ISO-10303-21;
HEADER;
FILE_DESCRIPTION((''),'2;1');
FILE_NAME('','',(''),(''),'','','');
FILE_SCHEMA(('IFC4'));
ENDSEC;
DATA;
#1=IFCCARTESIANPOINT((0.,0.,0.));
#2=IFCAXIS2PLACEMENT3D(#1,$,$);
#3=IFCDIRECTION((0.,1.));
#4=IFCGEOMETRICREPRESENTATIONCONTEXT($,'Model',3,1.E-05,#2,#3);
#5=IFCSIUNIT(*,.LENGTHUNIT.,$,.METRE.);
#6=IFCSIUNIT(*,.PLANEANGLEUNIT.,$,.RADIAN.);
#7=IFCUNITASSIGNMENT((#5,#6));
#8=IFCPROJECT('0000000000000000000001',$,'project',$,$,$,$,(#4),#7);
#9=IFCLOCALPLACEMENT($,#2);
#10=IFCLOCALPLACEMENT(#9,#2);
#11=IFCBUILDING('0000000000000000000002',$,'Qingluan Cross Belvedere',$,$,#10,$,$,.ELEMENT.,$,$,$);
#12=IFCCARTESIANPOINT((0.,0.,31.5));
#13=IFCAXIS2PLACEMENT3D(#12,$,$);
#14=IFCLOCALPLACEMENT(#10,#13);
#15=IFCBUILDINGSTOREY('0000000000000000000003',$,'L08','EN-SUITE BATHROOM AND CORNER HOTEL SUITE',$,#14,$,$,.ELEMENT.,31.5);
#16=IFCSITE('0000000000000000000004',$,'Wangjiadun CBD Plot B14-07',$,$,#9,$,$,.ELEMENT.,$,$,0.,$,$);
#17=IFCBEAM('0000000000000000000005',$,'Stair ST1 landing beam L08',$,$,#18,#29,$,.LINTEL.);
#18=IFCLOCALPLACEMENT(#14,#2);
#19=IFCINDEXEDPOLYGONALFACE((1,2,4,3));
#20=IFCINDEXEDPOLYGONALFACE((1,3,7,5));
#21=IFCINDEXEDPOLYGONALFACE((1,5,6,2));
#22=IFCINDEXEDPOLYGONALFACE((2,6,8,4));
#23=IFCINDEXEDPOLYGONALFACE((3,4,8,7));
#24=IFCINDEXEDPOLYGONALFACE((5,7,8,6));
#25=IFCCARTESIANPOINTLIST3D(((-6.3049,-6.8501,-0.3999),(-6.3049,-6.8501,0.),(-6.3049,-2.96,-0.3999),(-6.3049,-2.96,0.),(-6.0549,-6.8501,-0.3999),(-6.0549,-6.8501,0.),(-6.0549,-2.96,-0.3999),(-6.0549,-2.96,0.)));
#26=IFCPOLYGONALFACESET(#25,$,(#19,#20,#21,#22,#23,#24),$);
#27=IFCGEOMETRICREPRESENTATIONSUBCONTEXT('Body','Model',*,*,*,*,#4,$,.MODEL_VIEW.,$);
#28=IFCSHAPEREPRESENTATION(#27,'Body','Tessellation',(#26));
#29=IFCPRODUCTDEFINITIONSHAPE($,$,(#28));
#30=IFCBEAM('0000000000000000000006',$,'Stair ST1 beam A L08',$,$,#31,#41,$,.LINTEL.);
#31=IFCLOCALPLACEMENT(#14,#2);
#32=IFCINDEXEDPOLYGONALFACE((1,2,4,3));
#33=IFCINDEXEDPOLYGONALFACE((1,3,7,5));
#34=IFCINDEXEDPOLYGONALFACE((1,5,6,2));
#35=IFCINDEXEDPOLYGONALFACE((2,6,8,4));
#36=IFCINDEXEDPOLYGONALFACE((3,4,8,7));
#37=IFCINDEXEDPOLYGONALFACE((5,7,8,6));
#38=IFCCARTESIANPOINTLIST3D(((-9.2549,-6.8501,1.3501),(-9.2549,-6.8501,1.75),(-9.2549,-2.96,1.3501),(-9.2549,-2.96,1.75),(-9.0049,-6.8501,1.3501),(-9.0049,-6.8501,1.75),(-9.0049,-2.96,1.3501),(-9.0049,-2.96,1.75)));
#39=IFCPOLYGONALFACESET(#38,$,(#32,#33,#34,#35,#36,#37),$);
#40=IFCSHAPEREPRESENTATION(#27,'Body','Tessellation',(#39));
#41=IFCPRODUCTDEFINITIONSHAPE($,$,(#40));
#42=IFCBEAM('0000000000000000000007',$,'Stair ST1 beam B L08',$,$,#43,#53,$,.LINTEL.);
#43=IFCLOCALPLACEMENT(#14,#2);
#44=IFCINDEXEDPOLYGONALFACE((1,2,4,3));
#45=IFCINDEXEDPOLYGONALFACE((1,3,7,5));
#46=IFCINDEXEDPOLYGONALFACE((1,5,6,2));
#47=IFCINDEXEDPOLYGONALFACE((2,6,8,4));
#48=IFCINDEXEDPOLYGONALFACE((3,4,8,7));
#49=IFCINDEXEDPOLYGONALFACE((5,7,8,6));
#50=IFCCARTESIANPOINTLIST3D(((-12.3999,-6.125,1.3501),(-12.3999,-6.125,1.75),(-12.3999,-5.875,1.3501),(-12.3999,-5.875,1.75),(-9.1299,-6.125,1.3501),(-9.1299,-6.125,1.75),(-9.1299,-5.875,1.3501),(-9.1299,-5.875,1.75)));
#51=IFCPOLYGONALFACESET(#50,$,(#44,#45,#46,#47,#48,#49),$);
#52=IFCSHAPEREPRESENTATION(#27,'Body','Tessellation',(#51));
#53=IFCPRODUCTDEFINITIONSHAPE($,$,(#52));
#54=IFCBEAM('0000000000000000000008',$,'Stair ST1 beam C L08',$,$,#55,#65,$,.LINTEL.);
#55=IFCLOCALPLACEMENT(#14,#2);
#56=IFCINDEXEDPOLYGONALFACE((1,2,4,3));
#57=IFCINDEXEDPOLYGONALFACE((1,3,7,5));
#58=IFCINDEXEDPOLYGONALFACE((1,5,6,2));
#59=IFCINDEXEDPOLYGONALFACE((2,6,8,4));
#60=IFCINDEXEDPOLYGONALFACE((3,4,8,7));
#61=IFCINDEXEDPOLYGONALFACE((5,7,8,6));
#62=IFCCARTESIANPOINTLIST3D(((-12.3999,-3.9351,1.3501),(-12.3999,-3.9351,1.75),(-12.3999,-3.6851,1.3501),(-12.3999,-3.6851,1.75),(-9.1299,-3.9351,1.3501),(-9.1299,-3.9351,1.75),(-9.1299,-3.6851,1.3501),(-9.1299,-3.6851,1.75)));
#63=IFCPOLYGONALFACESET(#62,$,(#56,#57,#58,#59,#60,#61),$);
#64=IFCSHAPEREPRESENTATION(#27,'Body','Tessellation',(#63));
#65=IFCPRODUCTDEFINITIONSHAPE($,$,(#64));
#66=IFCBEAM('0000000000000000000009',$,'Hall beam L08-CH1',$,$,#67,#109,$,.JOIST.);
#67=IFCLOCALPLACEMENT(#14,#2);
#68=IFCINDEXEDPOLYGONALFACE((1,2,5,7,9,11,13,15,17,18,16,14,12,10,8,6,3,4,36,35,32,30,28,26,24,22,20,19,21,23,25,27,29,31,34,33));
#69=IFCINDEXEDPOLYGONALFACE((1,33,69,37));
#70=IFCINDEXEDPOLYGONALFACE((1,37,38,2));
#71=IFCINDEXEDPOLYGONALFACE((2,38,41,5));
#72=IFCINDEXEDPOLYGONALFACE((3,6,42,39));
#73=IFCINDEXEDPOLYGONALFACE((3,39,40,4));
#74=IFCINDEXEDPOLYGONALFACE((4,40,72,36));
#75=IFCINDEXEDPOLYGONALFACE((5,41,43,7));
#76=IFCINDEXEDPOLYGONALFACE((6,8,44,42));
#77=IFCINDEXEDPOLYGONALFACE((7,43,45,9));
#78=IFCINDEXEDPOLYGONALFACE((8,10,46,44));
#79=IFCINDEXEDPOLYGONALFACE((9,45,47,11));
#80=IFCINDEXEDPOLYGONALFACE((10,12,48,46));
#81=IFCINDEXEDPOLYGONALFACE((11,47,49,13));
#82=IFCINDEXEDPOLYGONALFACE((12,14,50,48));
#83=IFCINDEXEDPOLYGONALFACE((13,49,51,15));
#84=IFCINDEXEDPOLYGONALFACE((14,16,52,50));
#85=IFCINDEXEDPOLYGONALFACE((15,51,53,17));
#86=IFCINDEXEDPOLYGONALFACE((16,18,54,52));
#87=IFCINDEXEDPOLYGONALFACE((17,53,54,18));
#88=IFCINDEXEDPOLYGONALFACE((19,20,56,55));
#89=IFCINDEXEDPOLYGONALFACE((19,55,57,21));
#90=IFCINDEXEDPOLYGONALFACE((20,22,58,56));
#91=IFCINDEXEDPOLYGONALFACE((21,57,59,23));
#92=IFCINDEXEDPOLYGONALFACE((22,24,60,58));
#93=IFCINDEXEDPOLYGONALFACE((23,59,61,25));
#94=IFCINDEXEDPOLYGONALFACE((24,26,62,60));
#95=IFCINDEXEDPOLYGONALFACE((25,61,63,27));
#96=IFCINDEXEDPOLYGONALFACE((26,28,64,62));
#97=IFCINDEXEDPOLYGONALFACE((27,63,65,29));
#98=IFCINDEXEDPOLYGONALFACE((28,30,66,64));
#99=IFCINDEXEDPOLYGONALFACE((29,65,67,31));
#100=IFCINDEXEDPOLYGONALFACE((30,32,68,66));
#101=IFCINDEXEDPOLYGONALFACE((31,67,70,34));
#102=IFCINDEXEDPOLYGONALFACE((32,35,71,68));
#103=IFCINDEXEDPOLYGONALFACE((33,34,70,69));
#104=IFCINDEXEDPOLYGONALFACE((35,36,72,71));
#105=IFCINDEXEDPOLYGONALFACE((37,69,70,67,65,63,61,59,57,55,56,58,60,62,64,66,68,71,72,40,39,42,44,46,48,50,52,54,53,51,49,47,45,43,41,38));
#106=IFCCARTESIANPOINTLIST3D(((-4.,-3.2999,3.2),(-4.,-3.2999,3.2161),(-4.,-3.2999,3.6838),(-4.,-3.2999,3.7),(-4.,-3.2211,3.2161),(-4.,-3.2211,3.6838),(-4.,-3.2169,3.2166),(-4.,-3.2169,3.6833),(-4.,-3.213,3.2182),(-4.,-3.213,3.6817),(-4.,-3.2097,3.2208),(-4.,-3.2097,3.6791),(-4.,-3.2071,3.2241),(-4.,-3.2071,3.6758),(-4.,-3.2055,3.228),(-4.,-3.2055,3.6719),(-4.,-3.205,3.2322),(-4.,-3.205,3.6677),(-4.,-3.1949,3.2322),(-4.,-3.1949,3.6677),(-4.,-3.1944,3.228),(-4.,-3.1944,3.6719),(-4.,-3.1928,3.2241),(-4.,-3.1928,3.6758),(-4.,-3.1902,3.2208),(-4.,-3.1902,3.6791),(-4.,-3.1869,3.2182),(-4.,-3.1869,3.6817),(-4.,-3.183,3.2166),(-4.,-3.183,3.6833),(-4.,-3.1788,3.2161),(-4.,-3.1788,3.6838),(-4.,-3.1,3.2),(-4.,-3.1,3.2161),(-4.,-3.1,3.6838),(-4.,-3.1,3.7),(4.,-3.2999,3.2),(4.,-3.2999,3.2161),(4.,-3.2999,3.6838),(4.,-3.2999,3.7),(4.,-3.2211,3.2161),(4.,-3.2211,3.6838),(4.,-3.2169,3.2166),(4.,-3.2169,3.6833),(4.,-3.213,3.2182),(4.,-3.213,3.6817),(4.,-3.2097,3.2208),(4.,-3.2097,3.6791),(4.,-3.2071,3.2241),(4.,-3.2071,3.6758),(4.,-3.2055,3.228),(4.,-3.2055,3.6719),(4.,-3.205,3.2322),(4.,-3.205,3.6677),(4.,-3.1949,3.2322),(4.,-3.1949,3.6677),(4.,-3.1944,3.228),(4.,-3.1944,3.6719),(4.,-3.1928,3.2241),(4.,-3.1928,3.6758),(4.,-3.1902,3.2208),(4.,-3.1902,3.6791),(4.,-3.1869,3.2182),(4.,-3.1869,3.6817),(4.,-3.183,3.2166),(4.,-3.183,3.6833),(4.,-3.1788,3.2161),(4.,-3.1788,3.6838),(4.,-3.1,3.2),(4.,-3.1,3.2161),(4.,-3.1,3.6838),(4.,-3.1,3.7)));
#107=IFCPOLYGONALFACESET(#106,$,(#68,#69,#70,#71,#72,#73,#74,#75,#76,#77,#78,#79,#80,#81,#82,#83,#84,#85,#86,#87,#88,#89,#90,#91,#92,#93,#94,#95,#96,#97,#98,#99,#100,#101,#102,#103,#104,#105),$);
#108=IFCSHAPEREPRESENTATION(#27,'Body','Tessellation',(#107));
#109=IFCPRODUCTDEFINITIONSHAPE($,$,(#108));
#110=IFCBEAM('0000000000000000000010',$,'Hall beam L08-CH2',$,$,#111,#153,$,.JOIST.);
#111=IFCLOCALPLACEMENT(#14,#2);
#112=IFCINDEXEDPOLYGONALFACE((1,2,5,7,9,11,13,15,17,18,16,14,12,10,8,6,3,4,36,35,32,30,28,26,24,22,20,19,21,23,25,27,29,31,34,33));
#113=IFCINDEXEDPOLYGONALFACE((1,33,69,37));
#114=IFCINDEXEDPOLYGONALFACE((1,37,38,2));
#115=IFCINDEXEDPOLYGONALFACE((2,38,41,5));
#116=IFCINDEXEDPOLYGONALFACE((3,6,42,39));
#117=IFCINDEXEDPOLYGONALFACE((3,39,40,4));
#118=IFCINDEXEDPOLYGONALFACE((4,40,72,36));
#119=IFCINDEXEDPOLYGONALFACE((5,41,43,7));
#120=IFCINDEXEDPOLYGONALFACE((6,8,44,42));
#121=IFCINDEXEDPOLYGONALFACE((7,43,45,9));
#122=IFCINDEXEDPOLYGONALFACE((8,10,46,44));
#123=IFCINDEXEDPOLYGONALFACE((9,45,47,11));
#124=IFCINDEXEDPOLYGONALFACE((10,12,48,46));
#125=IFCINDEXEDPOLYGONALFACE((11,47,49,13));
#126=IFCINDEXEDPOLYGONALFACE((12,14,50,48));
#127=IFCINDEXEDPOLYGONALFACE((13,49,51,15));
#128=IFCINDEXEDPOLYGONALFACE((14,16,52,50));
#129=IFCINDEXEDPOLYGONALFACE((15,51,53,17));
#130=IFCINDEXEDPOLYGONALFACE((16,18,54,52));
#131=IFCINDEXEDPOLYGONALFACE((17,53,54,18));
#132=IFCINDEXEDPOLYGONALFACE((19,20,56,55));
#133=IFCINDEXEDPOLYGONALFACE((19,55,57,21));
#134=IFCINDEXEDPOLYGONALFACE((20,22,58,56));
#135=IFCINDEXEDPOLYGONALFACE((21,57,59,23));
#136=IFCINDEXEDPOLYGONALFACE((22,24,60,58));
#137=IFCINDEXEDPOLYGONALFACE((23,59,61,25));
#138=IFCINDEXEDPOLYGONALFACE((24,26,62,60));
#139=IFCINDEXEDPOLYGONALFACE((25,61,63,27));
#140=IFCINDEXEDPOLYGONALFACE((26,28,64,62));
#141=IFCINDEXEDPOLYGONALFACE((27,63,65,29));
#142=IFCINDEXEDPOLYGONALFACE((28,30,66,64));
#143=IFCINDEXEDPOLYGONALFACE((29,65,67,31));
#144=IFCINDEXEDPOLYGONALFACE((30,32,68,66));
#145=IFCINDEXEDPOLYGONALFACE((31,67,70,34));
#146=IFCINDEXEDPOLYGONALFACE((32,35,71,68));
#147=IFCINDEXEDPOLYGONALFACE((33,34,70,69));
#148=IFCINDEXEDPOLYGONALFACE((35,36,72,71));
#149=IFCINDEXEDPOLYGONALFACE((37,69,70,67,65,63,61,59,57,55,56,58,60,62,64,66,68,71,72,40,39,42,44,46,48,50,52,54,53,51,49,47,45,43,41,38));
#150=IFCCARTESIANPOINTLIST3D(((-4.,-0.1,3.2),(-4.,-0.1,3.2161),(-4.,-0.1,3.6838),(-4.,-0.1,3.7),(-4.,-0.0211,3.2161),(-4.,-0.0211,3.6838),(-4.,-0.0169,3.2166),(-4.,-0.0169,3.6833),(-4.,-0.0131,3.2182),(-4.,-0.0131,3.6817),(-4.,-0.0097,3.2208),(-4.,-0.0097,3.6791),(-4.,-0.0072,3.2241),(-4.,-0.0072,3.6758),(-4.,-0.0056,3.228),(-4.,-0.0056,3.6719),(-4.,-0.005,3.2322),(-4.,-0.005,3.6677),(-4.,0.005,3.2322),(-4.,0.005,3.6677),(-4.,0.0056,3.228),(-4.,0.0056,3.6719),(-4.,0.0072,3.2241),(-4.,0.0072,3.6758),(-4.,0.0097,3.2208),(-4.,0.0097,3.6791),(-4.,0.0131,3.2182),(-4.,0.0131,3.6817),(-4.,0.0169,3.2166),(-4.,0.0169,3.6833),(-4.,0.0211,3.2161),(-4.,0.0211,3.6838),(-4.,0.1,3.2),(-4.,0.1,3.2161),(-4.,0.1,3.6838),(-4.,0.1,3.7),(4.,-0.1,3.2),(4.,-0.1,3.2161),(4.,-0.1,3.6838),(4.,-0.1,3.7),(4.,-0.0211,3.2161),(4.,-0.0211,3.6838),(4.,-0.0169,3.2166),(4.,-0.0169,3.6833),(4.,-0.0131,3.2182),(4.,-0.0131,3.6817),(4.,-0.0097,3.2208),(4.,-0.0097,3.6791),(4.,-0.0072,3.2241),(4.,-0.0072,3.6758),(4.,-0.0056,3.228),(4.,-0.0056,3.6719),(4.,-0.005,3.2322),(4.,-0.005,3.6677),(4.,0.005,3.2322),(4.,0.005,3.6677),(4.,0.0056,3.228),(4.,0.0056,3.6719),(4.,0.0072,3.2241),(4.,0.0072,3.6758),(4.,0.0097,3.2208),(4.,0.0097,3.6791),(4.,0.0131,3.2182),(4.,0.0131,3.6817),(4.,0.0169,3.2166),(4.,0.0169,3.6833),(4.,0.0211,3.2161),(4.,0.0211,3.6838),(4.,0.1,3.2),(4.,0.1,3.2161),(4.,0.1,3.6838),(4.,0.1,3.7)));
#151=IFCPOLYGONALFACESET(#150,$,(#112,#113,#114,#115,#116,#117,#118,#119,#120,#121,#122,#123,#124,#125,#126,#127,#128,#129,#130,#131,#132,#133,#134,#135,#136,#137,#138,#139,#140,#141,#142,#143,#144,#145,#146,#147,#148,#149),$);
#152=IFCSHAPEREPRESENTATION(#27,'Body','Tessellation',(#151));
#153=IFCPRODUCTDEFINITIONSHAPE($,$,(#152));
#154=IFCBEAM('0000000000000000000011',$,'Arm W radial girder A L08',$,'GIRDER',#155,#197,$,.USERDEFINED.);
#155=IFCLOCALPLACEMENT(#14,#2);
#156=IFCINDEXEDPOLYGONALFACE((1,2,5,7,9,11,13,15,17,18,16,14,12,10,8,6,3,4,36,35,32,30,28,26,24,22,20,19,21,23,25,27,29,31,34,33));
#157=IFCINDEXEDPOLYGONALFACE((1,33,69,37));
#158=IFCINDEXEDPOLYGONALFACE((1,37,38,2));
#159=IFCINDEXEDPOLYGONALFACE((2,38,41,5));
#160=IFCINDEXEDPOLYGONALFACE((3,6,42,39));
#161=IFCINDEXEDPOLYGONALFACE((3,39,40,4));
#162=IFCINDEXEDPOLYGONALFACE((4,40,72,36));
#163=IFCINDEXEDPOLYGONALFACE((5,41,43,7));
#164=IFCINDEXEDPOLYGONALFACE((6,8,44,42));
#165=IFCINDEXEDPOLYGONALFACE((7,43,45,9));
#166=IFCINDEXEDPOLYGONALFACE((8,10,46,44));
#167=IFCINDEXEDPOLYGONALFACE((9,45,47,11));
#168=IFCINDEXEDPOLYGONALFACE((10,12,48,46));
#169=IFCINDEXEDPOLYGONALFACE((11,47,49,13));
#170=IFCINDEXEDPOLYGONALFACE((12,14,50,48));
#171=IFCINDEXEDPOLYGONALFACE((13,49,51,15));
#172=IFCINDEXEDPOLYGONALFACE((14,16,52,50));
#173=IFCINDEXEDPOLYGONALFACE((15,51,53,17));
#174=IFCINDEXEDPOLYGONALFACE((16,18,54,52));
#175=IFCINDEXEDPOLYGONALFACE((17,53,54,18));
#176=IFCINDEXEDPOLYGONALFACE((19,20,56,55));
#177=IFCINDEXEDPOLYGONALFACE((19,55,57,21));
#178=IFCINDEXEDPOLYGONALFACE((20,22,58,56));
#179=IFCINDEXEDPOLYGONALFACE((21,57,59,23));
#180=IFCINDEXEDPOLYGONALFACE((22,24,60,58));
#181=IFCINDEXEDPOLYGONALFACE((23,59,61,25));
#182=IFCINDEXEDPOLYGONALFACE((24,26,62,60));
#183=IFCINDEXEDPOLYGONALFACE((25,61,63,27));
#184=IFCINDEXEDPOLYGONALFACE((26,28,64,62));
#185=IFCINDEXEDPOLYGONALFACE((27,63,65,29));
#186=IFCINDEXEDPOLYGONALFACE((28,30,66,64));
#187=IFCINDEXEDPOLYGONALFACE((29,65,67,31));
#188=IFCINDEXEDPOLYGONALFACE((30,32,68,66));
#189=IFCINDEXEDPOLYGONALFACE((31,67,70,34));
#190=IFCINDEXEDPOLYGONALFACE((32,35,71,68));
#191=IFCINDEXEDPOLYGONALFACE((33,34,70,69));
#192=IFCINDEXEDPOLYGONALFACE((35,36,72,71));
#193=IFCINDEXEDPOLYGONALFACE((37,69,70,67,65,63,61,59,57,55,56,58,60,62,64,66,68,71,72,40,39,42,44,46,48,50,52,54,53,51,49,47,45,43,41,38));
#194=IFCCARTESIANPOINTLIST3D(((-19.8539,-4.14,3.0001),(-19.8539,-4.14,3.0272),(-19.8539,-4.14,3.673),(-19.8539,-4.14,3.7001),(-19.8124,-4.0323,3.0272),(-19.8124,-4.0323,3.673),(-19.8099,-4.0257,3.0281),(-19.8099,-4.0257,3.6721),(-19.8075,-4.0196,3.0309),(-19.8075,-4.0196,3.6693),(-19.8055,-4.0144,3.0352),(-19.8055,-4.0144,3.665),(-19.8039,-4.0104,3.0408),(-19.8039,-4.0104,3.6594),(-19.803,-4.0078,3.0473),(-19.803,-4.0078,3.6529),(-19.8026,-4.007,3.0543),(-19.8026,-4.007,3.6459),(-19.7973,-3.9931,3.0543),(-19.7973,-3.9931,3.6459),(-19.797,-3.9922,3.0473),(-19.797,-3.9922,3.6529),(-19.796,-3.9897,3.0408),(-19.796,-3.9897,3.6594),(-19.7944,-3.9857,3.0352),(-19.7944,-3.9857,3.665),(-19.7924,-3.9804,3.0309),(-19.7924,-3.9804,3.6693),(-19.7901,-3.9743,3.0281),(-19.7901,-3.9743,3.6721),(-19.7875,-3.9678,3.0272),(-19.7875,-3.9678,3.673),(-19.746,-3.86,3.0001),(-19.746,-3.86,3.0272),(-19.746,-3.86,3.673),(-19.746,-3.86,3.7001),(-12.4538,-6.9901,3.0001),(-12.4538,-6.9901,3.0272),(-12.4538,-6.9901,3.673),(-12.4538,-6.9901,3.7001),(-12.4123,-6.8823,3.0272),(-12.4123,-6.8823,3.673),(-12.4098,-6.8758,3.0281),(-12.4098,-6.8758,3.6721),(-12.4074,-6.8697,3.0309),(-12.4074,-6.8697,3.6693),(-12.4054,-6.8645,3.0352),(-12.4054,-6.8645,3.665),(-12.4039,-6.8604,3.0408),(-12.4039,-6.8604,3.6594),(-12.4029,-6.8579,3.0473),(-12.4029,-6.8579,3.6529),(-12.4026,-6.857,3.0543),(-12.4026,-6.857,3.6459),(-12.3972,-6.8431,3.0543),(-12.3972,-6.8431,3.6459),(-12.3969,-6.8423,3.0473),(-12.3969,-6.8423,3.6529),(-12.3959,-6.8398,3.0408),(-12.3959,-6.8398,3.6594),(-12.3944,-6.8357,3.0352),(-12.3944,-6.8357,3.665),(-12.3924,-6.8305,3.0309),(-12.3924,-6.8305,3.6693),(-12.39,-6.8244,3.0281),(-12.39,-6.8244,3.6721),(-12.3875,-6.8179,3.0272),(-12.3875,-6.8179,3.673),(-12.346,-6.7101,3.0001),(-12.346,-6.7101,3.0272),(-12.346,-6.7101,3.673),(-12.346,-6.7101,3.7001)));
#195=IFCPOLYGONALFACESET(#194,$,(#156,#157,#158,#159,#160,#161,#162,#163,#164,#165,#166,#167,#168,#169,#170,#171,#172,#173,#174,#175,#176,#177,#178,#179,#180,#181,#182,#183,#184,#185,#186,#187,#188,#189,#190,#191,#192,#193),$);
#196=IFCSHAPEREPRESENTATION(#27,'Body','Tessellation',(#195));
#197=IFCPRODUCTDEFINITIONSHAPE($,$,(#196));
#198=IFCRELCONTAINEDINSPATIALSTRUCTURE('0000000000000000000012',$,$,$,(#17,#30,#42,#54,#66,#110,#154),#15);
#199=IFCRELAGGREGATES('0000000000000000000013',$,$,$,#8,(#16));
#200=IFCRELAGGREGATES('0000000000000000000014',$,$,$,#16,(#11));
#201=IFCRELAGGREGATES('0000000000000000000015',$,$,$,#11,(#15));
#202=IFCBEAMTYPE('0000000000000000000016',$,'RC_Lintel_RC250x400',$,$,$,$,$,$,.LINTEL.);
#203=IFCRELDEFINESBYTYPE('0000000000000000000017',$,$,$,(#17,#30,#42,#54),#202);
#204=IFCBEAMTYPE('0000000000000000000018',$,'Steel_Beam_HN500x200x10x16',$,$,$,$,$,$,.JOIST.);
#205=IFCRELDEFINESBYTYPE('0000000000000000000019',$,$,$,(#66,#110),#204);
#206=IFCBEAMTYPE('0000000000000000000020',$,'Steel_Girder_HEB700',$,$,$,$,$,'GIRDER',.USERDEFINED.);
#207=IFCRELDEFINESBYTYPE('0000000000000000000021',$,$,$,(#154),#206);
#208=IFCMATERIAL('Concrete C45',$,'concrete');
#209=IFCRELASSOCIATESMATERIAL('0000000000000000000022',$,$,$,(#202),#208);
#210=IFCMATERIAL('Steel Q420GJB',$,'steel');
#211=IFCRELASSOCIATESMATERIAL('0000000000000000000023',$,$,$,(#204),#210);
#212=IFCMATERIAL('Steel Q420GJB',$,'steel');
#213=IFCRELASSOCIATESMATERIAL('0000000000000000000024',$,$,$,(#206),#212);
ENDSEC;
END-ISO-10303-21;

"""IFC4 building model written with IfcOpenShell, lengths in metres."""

from ifc_helpers import new_model, si_unit, direction, frame, origin, origin_2d, place, context, subcontext, project, spatial, rectangle, i_section, extrude, material, material_profile, profile_set, type_object, element, save


model = new_model("IFC4")

# Units and contexts
model_context = context("Model", 3, precision=1e-05, world=origin(), true_north=direction((0.0, 1.0)))
body_context = subcontext(model_context, "Body", "Model", "MODEL_VIEW")
ifc_project = project(units=[si_unit("LENGTHUNIT", "METRE"), si_unit("PLANEANGLEUNIT", "RADIAN")], contexts=[model_context])

# Site, building, storey
site_placement = place(None, origin())
site = spatial("IfcSite", under=ifc_project, at=site_placement, Name="Wangjiadun CBD Plot B14-07", CompositionType="ELEMENT", RefElevation=0.0)
building_placement = place(site_placement, origin())
building = spatial("IfcBuilding", under=site, at=building_placement, Name="Qingluan Cross Belvedere", CompositionType="ELEMENT")
storey_placement = place(building_placement, frame((0.0, 0.0, 31.5)))
storey = spatial("IfcBuildingStorey", under=building, at=storey_placement, Name="L08", Description="EN-SUITE BATHROOM AND CORNER HOTEL SUITE", CompositionType="ELEMENT", Elevation=31.5)

# Beams
ifc_material_1 = material(Name="Concrete C45", Category="concrete")
ifc_material_profile_1 = material_profile(ifc_material_1, rectangle(XDim=0.25, YDim=0.3999, at=origin_2d()), Name="RC250x400")
ifc_profile_set_1 = profile_set([ifc_material_profile_1], Name="Concrete C45")
beam_type_1 = type_object("IfcBeamType", Name="RC_Lintel_RC250x400", PredefinedType="LINTEL", material=ifc_profile_set_1)
for number, where, z_axis, x_axis, name in (
    (1, (-6.1799, -6.8501, -0.2), (0.0, 1.0, 0.0), (-1.0, 0.0, 0.0), "Stair ST1 landing beam L08"),
    (2, (-9.1299, -6.8501, 1.55), (0.0, 1.0, 0.0), (-1.0, 0.0, 0.0), "Stair ST1 beam A L08"),
):
    element("IfcBeam", number, at=place(storey_placement, frame(where, z_axis=z_axis, x_axis=x_axis)), inside=storey, type_object=beam_type_1, Name=name, PredefinedType="LINTEL", context=body_context, shape_type="SweptSolid", body=[
        extrude(rectangle(XDim=0.25, YDim=0.3999, at=origin_2d()), origin(), (0.0, 0.0, 1.0), 3.8901),
    ])
for number, where, z_axis, x_axis, name in (
    (3, (-12.3999, -6.0, 1.55), (1.0, 0.0, 0.0), (0.0, 1.0, 0.0), "Stair ST1 beam B L08"),
    (4, (-12.3999, -3.8101, 1.55), (1.0, 0.0, 0.0), (0.0, 1.0, 0.0), "Stair ST1 beam C L08"),
):
    element("IfcBeam", number, at=place(storey_placement, frame(where, z_axis=z_axis, x_axis=x_axis)), inside=storey, type_object=beam_type_1, Name=name, PredefinedType="LINTEL", context=body_context, shape_type="SweptSolid", body=[
        extrude(rectangle(XDim=0.25, YDim=0.3999, at=origin_2d()), origin(), (0.0, 0.0, 1.0), 3.27),
    ])
ifc_material_2 = material(Name="Steel Q420GJB", Category="steel")
ifc_material_profile_2 = material_profile(ifc_material_2, i_section(OverallWidth=0.2, OverallDepth=0.5, WebThickness=0.01, FlangeThickness=0.0161, FilletRadius=0.0161, at=origin_2d()), Name="HN500x200x10x16")
ifc_profile_set_2 = profile_set([ifc_material_profile_2], Name="Steel Q420GJB")
beam_type_2 = type_object("IfcBeamType", Name="Steel_Beam_HN500x200x10x16", PredefinedType="JOIST", material=ifc_profile_set_2)
for number, where, z_axis, x_axis, name in (
    (5, (-4.0, -3.2, 3.45), (1.0, 0.0, 0.0), (0.0, 1.0, 0.0), "Hall beam L08-CH1"),
    (6, (-4.0, 0.0, 3.45), (1.0, 0.0, 0.0), (0.0, 1.0, 0.0), "Hall beam L08-CH2"),
):
    element("IfcBeam", number, at=place(storey_placement, frame(where, z_axis=z_axis, x_axis=x_axis)), inside=storey, type_object=beam_type_2, Name=name, PredefinedType="JOIST", context=body_context, shape_type="SweptSolid", body=[
        extrude(i_section(OverallWidth=0.2, OverallDepth=0.5, WebThickness=0.01, FlangeThickness=0.0161, FilletRadius=0.0161, at=origin_2d()), origin(), (0.0, 0.0, 1.0), 8.0),
    ])
ifc_material_3 = material(Name="Steel Q420GJB", Category="steel")
ifc_material_profile_3 = material_profile(ifc_material_3, i_section(OverallWidth=0.3, OverallDepth=0.7, WebThickness=0.0149, FlangeThickness=0.0271, FilletRadius=0.0271, at=origin_2d()), Name="HEB700")
ifc_profile_set_3 = profile_set([ifc_material_profile_3], Name="Steel Q420GJB")
beam_type_3 = type_object("IfcBeamType", Name="Steel_Girder_HEB700", ElementType="GIRDER", PredefinedType="USERDEFINED", material=ifc_profile_set_3)
beam_placement = place(storey_placement, frame((-12.3999, -6.8501, 3.3501), z_axis=(-0.933181, 0.359406, 0.0), x_axis=(-0.359406, -0.933181, 0.0)))
element("IfcBeam", 7, at=beam_placement, inside=storey, type_object=beam_type_3, Name="Arm W radial girder A L08", ObjectType="GIRDER", PredefinedType="USERDEFINED", context=body_context, shape_type="SweptSolid", body=[
    extrude(i_section(OverallWidth=0.3, OverallDepth=0.7, WebThickness=0.0149, FlangeThickness=0.0271, FilletRadius=0.0271, at=origin_2d()), origin(), (0.0, 0.0, 1.0), 7.9299),
])

save(model, "model.ifc")
